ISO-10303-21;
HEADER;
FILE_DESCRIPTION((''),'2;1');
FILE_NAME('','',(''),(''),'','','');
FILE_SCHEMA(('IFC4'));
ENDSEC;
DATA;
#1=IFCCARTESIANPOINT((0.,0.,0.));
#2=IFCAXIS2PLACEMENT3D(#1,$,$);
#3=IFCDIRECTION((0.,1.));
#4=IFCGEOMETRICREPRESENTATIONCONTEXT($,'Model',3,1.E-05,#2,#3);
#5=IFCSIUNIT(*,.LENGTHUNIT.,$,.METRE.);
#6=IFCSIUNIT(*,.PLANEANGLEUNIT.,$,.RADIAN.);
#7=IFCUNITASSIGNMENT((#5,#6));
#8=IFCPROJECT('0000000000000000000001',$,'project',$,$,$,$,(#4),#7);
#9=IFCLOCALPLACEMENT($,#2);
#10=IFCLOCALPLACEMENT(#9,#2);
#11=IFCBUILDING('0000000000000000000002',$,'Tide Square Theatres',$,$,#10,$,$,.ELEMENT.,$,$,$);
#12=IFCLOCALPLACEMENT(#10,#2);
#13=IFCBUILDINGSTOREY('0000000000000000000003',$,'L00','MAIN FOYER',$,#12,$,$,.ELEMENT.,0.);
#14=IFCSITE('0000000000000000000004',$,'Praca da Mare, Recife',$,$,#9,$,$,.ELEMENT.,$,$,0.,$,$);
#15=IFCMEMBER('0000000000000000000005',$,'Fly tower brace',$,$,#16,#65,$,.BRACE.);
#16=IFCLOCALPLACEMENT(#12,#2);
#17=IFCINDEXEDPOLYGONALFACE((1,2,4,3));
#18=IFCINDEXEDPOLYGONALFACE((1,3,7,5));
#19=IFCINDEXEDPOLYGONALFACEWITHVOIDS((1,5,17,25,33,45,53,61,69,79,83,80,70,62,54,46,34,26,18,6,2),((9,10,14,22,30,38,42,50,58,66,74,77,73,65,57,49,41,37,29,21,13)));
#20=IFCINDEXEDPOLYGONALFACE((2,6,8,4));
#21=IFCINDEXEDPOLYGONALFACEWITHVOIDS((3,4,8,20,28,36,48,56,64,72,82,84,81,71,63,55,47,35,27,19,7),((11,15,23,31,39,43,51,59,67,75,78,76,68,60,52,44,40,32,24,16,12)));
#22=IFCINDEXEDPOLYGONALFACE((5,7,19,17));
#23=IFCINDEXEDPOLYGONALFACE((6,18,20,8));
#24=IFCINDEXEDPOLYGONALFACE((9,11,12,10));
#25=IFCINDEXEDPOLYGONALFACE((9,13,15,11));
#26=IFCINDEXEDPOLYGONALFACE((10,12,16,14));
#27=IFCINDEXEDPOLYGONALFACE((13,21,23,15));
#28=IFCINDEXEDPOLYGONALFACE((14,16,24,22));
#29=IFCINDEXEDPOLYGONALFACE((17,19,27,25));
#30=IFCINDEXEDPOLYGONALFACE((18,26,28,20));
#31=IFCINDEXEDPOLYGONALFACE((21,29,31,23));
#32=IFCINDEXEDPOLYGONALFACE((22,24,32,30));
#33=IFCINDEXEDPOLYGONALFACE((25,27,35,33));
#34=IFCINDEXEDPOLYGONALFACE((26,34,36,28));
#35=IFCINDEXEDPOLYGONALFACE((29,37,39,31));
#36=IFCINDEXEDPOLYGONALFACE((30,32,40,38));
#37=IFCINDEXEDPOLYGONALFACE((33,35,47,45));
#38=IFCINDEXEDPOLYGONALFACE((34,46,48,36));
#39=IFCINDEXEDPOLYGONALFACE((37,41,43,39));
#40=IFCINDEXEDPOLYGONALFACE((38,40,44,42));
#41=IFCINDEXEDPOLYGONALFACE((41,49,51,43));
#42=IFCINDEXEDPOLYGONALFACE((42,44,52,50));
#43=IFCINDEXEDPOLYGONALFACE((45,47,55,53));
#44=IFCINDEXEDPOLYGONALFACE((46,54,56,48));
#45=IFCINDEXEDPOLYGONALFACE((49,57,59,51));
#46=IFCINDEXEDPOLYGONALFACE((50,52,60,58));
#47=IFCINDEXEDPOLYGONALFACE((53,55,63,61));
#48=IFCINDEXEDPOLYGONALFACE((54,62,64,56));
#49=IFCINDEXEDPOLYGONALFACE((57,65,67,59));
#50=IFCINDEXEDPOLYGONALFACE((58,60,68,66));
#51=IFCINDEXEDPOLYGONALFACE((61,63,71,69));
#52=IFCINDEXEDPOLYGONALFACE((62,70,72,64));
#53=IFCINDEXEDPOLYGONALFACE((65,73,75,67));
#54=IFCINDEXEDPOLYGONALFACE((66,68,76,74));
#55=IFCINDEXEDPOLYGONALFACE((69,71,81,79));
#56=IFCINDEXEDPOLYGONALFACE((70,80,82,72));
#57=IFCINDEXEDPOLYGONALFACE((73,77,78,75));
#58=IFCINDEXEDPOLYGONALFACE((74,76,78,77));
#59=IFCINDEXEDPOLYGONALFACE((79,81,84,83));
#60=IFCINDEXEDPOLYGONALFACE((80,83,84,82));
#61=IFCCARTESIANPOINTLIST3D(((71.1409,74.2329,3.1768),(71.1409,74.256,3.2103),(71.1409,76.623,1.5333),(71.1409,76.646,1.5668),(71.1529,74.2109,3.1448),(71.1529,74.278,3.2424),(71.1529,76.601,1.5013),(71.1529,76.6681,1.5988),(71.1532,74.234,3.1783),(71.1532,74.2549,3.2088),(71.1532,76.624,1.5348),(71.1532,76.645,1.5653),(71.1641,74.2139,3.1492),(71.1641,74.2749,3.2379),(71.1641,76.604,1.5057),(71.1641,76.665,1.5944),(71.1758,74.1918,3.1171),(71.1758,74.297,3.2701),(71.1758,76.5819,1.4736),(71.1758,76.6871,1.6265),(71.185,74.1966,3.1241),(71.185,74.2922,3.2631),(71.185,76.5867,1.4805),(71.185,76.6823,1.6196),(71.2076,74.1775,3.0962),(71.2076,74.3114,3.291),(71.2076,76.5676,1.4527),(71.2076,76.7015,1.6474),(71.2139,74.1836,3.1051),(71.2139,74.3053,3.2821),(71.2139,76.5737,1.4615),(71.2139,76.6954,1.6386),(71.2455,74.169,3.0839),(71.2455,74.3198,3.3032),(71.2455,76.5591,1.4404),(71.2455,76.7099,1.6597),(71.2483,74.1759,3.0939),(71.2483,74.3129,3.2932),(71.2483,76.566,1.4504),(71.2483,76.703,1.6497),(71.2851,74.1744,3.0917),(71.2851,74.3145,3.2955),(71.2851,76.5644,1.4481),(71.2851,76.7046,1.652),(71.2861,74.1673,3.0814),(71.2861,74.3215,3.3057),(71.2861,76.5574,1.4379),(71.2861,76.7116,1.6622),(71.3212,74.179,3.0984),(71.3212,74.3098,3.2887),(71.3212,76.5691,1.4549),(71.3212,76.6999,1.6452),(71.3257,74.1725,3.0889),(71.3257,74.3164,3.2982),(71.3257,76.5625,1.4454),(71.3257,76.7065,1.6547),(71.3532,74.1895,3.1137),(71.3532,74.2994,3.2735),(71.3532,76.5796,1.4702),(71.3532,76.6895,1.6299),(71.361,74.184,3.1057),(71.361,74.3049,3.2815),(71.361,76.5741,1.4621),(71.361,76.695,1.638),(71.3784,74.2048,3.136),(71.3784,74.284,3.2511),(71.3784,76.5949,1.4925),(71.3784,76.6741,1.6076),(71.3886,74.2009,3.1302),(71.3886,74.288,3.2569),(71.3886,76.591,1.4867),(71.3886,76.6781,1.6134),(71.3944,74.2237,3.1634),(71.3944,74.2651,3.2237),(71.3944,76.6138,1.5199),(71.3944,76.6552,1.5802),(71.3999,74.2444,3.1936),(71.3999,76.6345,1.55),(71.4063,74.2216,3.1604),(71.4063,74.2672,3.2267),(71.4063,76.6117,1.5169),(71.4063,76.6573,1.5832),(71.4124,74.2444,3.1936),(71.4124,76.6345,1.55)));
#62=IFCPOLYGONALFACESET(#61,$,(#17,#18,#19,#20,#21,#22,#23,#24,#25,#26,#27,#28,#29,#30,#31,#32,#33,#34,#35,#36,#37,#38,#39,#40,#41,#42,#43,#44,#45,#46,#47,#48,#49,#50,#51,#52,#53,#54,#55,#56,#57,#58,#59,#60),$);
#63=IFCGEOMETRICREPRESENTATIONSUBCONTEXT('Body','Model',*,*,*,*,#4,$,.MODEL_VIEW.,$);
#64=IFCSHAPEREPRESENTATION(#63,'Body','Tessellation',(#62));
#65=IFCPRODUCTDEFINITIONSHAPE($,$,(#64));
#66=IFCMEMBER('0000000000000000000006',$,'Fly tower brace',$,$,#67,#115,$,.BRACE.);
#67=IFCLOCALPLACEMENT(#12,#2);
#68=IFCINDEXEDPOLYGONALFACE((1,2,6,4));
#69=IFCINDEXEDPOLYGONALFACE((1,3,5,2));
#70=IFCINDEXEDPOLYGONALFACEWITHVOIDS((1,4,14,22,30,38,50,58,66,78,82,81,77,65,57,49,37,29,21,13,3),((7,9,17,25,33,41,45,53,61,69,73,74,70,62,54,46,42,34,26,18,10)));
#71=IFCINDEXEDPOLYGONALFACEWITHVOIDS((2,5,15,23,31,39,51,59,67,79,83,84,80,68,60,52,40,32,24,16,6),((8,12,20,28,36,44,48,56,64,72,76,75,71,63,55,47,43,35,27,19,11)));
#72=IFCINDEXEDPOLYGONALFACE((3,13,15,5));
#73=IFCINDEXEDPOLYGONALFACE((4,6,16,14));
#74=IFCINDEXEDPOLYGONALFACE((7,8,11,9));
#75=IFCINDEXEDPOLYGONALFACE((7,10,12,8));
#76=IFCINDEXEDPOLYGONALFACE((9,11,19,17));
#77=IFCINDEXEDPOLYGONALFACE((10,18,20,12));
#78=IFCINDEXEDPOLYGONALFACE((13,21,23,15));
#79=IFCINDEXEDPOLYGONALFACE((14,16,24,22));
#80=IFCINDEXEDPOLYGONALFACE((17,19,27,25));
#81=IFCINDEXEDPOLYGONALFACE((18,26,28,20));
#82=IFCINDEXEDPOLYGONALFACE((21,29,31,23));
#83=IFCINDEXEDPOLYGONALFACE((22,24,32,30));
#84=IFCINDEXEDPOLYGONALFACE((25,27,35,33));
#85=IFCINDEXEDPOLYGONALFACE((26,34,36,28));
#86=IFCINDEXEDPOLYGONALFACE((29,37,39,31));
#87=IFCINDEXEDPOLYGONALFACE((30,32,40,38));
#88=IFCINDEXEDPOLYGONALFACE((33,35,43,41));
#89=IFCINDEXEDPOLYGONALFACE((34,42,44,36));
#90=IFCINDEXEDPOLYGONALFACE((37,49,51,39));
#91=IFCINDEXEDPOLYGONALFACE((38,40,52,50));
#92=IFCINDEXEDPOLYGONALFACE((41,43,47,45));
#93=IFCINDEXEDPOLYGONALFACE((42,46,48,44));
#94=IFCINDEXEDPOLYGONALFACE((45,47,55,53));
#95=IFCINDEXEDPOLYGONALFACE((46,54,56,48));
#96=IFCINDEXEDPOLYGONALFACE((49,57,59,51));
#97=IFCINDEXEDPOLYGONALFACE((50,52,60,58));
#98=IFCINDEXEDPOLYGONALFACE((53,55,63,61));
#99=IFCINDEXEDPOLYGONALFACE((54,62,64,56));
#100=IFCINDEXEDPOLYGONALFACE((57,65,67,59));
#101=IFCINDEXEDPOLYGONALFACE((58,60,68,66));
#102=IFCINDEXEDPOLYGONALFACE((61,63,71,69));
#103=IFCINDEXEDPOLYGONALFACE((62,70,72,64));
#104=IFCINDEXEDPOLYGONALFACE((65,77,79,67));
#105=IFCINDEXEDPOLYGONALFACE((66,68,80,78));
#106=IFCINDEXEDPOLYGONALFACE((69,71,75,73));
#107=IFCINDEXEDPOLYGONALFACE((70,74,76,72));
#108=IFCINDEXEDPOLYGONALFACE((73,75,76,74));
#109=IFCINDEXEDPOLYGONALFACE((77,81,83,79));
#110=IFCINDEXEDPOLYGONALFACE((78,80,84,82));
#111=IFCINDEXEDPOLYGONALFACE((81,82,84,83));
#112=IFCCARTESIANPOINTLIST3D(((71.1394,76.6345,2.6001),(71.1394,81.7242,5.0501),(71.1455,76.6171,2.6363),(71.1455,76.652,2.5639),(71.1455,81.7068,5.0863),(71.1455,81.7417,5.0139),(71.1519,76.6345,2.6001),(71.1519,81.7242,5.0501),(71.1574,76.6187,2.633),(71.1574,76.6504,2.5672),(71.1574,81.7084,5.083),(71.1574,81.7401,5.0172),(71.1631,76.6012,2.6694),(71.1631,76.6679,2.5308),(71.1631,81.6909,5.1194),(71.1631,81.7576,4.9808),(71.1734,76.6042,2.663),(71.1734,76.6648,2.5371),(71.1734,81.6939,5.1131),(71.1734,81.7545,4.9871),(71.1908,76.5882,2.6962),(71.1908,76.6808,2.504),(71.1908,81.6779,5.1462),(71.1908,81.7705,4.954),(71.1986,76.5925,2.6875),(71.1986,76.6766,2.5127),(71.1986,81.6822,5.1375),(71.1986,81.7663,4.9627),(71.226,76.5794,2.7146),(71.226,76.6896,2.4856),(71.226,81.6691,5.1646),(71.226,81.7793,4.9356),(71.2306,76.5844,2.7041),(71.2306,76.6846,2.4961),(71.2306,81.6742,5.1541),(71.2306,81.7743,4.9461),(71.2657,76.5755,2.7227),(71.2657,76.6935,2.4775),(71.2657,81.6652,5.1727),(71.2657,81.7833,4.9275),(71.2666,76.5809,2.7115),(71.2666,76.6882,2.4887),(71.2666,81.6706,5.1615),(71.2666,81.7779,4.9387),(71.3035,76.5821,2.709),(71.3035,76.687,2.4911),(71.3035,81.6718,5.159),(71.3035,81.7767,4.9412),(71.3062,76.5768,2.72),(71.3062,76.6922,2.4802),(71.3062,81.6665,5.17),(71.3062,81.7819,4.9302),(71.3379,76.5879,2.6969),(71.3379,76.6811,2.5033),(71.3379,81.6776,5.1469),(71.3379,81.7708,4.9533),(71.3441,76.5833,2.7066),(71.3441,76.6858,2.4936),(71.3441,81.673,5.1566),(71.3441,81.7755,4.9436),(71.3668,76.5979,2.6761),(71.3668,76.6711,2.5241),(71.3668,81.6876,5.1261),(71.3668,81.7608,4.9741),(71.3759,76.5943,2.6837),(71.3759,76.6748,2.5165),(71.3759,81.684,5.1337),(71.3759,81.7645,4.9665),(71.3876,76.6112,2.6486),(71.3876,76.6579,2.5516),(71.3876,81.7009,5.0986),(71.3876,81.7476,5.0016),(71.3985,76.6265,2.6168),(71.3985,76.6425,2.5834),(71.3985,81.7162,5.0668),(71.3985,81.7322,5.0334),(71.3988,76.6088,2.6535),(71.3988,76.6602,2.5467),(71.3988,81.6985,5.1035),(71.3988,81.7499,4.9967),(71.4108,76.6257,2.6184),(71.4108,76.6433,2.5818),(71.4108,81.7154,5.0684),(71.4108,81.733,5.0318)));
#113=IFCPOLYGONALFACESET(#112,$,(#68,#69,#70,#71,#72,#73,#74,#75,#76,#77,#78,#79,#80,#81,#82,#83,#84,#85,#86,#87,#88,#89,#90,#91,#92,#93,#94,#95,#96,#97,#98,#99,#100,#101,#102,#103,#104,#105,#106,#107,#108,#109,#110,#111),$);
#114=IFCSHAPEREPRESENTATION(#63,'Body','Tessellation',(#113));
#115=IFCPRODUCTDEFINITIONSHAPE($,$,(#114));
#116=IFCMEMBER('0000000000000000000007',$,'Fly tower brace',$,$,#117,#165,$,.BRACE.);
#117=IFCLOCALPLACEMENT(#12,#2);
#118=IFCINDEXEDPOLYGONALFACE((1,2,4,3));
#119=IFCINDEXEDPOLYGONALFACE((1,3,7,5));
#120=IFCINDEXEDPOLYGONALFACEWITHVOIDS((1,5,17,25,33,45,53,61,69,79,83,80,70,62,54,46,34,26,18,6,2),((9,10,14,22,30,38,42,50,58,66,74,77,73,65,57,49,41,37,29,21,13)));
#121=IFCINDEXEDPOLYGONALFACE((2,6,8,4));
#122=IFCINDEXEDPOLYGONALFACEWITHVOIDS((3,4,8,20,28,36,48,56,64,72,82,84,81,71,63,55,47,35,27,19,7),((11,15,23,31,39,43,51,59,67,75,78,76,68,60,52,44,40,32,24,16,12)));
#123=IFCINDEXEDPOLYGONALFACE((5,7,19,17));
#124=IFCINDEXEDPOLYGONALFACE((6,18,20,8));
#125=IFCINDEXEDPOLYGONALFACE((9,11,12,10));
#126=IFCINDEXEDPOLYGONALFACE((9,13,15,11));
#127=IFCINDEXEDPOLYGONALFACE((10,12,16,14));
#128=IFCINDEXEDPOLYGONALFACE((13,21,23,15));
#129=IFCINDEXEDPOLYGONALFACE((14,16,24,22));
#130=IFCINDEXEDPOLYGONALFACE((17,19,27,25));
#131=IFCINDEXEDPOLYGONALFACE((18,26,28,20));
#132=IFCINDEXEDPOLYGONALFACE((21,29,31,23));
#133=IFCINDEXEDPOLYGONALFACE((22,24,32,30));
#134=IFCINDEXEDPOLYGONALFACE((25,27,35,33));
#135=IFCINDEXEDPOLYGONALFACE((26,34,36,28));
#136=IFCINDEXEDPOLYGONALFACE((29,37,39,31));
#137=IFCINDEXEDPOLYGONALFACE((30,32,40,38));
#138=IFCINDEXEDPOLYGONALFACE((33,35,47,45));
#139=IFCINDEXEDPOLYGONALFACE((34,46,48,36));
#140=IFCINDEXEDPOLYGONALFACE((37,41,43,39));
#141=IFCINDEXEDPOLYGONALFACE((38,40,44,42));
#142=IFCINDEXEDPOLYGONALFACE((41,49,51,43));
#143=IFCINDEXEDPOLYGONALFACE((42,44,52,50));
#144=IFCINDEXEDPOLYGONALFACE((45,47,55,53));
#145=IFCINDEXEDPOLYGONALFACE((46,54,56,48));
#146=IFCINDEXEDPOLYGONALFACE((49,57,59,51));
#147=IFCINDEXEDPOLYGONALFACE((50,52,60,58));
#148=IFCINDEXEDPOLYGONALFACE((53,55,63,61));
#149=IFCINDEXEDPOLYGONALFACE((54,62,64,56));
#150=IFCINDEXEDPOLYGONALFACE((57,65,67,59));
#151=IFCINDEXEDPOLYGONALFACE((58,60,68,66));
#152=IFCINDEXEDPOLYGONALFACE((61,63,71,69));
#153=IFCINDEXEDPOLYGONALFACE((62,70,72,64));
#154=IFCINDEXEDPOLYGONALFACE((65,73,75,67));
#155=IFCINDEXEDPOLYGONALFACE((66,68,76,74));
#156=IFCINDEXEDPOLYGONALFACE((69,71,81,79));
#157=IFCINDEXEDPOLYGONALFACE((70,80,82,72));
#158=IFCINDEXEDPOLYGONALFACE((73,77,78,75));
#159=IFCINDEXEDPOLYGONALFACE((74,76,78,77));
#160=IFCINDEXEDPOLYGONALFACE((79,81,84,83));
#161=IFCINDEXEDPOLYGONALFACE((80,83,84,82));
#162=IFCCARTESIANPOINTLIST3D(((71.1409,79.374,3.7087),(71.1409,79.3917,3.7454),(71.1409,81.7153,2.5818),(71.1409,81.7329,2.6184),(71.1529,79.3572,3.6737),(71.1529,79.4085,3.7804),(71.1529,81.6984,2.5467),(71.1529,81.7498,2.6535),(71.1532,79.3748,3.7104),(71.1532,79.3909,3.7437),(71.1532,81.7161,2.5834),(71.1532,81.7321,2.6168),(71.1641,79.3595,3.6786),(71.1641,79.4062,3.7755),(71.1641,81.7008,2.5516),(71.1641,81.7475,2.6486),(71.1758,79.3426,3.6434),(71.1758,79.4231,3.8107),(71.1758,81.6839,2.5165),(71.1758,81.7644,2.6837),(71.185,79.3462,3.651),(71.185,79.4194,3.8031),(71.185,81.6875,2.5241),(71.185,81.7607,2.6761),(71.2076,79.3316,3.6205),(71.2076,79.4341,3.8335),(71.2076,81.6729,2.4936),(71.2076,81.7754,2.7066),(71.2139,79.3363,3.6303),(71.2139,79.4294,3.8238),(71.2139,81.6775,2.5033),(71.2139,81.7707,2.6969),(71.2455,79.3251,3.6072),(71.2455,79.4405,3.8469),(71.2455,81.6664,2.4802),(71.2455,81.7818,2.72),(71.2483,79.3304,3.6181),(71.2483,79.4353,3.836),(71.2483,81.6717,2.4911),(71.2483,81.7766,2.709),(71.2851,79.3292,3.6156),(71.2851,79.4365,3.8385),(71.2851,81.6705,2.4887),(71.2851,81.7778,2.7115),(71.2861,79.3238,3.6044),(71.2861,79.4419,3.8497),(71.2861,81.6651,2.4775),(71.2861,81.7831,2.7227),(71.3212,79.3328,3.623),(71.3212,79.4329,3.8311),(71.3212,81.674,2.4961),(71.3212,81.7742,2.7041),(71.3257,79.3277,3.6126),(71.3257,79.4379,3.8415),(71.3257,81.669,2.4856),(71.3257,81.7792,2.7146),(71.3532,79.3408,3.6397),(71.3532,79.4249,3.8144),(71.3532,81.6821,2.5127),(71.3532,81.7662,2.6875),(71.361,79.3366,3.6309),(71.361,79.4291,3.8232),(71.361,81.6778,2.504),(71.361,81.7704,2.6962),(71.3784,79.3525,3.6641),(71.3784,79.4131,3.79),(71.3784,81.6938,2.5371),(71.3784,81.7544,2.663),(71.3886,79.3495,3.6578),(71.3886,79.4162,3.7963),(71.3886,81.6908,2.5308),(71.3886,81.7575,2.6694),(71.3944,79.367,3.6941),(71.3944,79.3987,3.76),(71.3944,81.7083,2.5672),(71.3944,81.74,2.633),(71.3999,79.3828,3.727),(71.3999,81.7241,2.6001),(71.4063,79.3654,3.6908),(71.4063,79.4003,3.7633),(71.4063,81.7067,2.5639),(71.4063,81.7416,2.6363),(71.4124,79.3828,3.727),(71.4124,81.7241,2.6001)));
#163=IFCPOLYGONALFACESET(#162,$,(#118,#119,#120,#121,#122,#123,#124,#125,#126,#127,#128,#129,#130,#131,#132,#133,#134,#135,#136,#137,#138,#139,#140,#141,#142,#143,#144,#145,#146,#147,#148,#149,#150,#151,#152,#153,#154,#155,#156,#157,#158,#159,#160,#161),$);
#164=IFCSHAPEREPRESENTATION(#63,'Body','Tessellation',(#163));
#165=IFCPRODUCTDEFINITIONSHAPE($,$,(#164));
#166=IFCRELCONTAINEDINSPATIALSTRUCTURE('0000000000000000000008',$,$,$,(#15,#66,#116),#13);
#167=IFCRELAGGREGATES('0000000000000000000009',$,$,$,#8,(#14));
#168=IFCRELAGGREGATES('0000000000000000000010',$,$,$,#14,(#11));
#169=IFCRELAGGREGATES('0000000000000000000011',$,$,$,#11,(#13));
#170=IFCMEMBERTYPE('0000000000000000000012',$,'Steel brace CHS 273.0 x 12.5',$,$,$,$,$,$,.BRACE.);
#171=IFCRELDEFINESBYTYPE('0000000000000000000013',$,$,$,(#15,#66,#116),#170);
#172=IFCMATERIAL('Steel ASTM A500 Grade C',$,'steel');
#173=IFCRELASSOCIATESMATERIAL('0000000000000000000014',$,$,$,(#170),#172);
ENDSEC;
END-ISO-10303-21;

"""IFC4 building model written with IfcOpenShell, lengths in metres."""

from ifc_helpers import new_model, si_unit, direction, frame, origin, origin_2d, place, context, subcontext, project, spatial, hollow_circle, extrude, material, material_profile, profile_set, type_object, element, save


model = new_model("IFC4")

# Units and contexts
model_context = context("Model", 3, precision=1e-05, world=origin(), true_north=direction((0.0, 1.0)))
body_context = subcontext(model_context, "Body", "Model", "MODEL_VIEW")
ifc_project = project(units=[si_unit("LENGTHUNIT", "METRE"), si_unit("PLANEANGLEUNIT", "RADIAN")], contexts=[model_context])

# Site, building, storey
site_placement = place(None, origin())
site = spatial("IfcSite", under=ifc_project, at=site_placement, Name="Praca da Mare, Recife", CompositionType="ELEMENT", RefElevation=0.0)
building_placement = place(site_placement, origin())
building = spatial("IfcBuilding", under=site, at=building_placement, Name="Tide Square Theatres", CompositionType="ELEMENT")
storey_placement = place(building_placement, origin())
storey = spatial("IfcBuildingStorey", under=building, at=storey_placement, Name="L00", Description="MAIN FOYER", CompositionType="ELEMENT", Elevation=0.0)

# Members
ifc_material_1 = material(Name="Steel ASTM A500 Grade C", Category="steel")
ifc_material_profile_1 = material_profile(ifc_material_1, hollow_circle(Radius=0.1365, WallThickness=0.0125, at=origin_2d()))
ifc_profile_set_1 = profile_set([ifc_material_profile_1], Name="Steel ASTM A500 Grade C")
member_type = type_object("IfcMemberType", Name="Steel brace CHS 273.0 x 12.5", PredefinedType="BRACE", material=ifc_profile_set_1)
for number, where, z_axis, x_axis, name in (
    (1, (71.2759, 76.6345, 1.55), (0.0, -0.823988, 0.566607), (1.0, 0.0, 0.0), "Fly tower brace"),
):
    element("IfcMember", number, at=place(storey_placement, frame(where, z_axis=z_axis, x_axis=x_axis)), inside=storey, type_object=member_type, Name=name, PredefinedType="BRACE", context=body_context, shape_type="SweptSolid", body=[
        extrude(hollow_circle(Radius=0.1365, WallThickness=0.0125, at=origin_2d()), origin(), (0.0, 0.0, 1.0), 2.9006),
    ])
member_1_placement = place(storey_placement, frame((71.2759, 76.6345, 2.6001), z_axis=(0.0, 0.901043, 0.43373), x_axis=(-1.0, 0.0, 0.0)))
element("IfcMember", 2, at=member_1_placement, inside=storey, type_object=member_type, Name="Fly tower brace", PredefinedType="BRACE", context=body_context, shape_type="SweptSolid", body=[
    extrude(hollow_circle(Radius=0.1365, WallThickness=0.0125, at=origin_2d()), origin(), (0.0, 0.0, 1.0), 5.6487),
])
for number, where, z_axis, x_axis, name in (
    (3, (71.2759, 81.7241, 2.6001), (0.0, -0.901053, 0.433708), (1.0, 0.0, 0.0), "Fly tower brace"),
):
    element("IfcMember", number, at=place(storey_placement, frame(where, z_axis=z_axis, x_axis=x_axis)), inside=storey, type_object=member_type, Name=name, PredefinedType="BRACE", context=body_context, shape_type="SweptSolid", body=[
        extrude(hollow_circle(Radius=0.1365, WallThickness=0.0125, at=origin_2d()), origin(), (0.0, 0.0, 1.0), 2.5984),
    ])

save(model, "model.ifc")
